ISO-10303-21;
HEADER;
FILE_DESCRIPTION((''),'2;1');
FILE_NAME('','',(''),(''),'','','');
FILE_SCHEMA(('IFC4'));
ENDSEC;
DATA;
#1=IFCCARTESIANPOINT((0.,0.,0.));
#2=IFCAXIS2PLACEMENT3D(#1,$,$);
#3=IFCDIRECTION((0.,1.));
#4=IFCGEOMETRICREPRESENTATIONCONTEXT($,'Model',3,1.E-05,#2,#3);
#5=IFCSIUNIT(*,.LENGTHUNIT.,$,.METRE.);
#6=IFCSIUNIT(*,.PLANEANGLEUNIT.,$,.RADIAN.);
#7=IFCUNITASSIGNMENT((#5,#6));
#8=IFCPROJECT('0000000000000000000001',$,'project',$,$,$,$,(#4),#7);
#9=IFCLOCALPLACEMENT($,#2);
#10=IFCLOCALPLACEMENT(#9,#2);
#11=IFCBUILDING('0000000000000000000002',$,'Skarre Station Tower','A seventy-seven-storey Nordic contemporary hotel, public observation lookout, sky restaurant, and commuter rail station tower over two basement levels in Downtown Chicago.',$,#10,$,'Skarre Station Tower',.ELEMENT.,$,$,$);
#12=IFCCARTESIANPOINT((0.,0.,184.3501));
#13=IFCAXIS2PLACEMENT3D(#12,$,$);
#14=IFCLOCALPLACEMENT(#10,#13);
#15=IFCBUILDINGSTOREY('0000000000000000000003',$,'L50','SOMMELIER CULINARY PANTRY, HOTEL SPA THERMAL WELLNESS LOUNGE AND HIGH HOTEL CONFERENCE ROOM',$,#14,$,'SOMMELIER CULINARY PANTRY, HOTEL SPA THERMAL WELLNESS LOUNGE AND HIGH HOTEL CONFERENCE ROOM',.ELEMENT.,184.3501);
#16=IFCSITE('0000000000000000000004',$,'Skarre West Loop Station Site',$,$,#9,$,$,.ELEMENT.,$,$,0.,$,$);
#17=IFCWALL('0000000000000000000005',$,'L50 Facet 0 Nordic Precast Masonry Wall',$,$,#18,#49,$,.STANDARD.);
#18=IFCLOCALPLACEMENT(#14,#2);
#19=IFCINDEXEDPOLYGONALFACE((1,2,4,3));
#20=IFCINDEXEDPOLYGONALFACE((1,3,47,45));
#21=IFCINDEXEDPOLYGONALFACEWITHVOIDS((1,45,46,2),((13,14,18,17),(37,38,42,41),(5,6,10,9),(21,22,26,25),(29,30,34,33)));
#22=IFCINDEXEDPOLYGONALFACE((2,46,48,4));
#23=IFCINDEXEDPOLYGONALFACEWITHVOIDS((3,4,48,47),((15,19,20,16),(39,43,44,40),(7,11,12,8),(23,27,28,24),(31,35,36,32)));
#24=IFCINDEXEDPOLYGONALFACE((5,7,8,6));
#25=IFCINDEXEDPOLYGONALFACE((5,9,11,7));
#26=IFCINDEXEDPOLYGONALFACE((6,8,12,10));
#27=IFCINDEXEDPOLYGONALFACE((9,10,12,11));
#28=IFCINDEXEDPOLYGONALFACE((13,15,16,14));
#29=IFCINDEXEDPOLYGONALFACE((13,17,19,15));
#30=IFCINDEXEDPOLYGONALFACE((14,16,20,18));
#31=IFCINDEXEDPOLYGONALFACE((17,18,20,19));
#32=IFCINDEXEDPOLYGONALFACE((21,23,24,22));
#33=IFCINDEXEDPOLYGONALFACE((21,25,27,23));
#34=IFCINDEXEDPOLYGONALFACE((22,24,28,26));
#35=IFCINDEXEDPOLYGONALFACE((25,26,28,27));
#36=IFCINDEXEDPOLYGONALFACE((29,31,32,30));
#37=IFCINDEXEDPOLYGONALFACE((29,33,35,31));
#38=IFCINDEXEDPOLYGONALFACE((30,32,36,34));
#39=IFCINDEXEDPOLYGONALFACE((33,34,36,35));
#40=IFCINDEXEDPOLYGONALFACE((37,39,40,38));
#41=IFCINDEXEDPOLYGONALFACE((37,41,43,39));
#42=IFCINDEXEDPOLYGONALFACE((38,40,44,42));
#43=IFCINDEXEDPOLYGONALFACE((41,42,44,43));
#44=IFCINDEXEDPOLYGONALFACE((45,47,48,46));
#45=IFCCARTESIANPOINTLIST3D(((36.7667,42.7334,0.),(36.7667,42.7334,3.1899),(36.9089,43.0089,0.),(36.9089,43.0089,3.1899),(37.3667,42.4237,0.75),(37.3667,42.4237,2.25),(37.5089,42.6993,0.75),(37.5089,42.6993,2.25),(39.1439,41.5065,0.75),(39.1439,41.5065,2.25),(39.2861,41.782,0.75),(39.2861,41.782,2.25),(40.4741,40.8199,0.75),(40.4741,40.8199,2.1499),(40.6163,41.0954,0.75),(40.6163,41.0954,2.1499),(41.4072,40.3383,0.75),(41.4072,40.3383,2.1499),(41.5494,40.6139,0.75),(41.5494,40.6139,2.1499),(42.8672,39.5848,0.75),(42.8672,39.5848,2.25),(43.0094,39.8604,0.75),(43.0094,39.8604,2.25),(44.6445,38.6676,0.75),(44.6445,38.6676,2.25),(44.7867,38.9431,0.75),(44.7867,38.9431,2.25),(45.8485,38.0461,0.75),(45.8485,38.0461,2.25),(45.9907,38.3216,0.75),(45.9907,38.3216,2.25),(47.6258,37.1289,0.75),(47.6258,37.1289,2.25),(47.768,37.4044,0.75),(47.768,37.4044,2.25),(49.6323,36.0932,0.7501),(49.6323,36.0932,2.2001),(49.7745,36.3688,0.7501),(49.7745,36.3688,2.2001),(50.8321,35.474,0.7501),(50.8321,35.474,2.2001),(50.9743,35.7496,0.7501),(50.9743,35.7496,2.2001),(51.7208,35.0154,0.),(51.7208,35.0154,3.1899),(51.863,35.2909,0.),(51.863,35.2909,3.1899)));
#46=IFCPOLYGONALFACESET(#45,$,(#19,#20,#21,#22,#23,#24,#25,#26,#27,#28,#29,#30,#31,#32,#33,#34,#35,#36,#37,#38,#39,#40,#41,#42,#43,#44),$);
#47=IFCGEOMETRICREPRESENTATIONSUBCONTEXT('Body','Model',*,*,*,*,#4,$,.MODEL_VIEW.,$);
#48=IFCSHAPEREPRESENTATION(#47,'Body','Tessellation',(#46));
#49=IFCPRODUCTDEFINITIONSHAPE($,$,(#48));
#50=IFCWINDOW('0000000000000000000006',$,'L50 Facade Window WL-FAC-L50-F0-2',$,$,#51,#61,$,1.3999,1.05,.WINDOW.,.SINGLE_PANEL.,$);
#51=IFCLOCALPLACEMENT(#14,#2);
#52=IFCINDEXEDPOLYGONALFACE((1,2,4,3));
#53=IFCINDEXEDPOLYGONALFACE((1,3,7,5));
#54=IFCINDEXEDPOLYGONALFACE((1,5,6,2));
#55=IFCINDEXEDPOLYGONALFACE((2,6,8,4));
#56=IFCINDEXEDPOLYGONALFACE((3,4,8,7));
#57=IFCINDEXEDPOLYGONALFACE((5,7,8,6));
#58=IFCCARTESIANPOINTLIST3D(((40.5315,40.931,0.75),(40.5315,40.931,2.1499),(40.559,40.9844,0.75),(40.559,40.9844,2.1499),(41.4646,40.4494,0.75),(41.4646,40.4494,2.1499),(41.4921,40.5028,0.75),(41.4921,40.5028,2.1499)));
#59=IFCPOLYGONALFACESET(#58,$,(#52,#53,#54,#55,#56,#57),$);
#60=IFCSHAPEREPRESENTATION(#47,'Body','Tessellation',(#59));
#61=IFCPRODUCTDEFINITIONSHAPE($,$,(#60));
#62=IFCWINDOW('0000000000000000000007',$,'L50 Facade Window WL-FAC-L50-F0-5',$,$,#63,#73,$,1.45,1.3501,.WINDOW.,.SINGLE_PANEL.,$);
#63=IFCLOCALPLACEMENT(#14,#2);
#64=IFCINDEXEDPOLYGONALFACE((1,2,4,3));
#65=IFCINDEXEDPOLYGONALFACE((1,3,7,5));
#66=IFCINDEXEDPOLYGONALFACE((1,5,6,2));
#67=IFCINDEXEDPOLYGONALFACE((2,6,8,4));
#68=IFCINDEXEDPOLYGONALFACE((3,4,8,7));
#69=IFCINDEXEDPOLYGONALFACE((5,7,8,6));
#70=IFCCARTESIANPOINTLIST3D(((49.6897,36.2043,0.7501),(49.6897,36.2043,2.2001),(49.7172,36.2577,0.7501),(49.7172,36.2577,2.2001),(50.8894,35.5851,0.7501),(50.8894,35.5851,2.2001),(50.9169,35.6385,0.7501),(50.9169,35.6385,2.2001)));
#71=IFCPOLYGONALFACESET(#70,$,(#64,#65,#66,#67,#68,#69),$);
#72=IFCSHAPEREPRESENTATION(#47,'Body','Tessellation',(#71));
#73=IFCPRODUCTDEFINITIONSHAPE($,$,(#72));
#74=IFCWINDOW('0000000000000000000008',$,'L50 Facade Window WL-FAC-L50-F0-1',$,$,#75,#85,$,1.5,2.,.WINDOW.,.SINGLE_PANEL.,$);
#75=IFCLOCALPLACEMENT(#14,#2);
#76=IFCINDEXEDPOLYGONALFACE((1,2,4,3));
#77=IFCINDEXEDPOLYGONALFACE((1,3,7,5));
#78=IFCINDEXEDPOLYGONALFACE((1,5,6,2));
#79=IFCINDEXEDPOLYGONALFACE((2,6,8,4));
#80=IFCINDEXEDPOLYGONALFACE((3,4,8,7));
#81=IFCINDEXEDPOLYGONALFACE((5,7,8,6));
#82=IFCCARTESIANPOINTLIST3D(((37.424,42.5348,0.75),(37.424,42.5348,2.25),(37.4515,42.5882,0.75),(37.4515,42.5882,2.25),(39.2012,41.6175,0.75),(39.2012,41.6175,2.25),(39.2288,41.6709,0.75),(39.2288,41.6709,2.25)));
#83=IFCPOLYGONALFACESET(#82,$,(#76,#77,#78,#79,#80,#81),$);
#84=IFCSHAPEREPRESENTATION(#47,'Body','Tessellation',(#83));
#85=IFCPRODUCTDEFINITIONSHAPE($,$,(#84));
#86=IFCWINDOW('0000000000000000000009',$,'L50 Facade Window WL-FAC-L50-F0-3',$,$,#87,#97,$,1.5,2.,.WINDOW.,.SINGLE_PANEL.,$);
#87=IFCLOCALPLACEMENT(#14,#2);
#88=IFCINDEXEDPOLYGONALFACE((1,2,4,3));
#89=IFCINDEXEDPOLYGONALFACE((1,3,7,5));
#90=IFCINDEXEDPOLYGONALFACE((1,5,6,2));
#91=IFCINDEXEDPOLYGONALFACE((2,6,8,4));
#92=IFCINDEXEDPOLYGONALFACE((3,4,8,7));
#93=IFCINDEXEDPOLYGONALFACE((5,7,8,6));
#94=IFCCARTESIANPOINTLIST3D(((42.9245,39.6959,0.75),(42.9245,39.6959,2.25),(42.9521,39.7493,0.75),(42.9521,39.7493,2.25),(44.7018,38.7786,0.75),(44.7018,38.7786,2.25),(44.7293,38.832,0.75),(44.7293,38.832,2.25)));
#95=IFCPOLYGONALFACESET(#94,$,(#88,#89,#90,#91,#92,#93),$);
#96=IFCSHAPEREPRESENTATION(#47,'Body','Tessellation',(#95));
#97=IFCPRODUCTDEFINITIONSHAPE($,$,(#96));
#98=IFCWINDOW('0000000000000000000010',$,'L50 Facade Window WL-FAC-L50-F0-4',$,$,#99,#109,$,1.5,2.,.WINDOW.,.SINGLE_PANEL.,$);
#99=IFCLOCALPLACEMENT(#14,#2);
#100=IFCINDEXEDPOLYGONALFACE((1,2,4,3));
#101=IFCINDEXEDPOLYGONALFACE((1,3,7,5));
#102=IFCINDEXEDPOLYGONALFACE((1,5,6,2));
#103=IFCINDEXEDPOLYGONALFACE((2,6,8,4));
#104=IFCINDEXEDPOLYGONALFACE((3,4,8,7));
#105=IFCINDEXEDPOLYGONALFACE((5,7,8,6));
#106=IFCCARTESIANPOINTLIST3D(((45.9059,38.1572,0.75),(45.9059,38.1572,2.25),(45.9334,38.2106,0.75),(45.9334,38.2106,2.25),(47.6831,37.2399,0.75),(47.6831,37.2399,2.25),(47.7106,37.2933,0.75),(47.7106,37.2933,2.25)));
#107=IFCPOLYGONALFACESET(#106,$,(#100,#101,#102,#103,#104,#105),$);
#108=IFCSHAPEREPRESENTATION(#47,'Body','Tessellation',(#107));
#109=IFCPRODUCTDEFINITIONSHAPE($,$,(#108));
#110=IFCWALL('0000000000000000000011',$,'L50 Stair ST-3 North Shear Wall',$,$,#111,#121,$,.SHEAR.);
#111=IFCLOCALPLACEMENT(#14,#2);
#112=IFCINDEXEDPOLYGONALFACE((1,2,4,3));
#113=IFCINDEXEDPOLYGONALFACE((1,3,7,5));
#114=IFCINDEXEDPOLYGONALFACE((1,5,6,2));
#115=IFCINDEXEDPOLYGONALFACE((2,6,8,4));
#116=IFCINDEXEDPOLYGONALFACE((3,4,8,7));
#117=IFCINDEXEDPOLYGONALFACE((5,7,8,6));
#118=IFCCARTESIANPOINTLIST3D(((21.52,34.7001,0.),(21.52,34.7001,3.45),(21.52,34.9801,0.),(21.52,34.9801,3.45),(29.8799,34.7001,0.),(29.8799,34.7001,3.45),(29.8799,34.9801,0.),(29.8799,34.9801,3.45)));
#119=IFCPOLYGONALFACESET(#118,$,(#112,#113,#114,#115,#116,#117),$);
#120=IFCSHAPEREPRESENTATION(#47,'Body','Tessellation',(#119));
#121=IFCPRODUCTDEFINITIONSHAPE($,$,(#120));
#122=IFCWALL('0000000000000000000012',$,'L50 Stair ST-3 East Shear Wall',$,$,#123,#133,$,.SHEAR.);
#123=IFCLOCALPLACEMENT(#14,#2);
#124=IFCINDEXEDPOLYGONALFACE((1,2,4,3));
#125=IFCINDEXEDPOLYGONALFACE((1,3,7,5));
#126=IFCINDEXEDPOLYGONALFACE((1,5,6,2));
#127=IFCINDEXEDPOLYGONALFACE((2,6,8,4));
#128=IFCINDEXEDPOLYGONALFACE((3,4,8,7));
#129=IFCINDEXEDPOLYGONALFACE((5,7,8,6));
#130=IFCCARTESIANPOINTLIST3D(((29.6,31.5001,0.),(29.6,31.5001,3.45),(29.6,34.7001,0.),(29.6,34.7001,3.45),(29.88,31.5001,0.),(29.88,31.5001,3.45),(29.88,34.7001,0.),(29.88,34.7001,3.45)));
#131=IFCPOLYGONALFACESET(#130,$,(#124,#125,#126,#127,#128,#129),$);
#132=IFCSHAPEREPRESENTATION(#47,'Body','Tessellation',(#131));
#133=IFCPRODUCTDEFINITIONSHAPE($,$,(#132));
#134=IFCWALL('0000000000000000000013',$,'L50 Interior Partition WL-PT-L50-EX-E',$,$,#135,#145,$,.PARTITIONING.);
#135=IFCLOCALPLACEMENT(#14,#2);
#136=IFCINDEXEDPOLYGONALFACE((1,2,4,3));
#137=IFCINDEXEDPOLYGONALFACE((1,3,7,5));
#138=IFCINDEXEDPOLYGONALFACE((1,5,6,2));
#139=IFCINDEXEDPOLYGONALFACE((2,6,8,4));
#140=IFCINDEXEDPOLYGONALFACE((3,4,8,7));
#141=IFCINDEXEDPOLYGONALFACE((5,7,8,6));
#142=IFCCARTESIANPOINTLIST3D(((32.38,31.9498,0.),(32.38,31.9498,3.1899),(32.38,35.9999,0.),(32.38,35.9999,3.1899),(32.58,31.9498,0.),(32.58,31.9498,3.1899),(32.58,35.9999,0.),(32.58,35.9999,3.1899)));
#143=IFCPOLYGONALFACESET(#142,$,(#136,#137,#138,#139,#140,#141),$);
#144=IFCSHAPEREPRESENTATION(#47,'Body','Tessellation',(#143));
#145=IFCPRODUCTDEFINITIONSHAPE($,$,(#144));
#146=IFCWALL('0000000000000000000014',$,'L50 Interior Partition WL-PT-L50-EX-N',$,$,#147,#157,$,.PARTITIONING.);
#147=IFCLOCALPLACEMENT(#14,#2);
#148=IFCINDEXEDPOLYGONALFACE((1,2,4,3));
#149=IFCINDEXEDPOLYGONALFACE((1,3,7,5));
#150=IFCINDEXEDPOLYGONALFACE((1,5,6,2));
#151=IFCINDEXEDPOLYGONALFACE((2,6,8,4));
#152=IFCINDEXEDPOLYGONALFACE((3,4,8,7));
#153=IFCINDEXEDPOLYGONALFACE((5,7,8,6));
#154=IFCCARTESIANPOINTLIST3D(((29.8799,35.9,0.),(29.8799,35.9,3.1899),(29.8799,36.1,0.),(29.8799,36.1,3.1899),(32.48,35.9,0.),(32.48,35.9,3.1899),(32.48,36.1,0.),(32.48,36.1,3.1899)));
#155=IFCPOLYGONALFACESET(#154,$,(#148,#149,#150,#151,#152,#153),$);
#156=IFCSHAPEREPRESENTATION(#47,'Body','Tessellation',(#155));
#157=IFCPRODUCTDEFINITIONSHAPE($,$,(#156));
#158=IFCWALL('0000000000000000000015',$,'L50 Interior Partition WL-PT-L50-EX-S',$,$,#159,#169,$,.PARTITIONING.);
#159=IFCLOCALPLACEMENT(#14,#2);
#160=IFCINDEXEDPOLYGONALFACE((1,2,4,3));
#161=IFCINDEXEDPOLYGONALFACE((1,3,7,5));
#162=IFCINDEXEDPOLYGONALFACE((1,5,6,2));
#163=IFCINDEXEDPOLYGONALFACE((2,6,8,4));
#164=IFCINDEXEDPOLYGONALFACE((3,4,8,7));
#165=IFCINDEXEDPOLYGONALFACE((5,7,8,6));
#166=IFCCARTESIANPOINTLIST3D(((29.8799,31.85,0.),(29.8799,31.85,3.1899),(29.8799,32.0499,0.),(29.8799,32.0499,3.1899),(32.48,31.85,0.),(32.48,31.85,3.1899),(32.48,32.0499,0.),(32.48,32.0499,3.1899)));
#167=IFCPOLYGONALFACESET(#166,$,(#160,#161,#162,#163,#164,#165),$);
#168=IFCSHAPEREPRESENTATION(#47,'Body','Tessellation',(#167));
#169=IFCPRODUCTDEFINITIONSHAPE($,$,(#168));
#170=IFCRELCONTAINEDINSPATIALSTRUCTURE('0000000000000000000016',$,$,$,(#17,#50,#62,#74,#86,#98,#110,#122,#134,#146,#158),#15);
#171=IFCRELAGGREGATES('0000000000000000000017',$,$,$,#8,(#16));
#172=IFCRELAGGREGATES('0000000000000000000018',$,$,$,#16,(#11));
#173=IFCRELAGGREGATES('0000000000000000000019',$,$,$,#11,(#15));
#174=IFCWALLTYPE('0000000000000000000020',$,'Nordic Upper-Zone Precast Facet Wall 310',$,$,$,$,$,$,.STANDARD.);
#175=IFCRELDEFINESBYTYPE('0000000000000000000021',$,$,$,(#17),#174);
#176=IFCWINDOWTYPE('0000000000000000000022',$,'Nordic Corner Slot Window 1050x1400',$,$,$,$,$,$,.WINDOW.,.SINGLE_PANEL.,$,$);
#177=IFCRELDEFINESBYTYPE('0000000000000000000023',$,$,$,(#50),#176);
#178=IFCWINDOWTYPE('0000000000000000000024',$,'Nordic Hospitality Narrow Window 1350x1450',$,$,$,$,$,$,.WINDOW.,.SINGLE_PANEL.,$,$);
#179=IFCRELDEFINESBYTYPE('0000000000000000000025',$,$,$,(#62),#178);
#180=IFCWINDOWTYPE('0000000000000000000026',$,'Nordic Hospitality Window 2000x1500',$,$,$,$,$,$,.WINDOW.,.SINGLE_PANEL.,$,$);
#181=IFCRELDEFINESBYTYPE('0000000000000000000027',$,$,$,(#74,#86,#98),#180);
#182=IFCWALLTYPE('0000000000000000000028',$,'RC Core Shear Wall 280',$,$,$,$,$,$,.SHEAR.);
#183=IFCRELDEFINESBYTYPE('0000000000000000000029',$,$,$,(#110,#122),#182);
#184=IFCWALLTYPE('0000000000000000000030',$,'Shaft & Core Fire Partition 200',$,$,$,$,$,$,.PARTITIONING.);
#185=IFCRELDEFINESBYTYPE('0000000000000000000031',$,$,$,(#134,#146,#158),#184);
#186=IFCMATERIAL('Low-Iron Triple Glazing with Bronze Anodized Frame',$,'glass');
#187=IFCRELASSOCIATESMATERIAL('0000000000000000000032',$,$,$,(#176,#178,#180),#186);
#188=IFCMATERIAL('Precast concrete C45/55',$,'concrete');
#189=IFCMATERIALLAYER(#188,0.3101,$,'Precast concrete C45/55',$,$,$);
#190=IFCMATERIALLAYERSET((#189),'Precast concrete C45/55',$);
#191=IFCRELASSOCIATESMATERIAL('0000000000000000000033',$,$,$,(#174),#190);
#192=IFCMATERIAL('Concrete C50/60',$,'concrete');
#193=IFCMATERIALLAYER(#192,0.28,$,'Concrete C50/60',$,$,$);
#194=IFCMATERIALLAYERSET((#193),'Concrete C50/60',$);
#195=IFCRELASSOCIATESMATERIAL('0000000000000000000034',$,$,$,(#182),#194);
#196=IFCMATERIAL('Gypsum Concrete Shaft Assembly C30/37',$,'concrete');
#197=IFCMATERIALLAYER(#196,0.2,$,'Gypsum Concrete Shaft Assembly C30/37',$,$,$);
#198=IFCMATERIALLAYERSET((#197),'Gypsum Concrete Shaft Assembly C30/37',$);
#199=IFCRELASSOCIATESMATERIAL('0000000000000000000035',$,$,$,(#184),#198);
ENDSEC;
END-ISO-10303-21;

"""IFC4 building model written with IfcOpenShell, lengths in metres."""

from ifc_helpers import new_model, si_unit, direction, frame, frame_2d, origin, place, context, subcontext, project, spatial, rectangle, extrude, material, layer, layer_set, type_object, element, fill, save


model = new_model("IFC4")

# Units and contexts
model_context = context("Model", 3, precision=1e-05, world=origin(), true_north=direction((0.0, 1.0)))
body_context = subcontext(model_context, "Body", "Model", "MODEL_VIEW")
ifc_project = project(units=[si_unit("LENGTHUNIT", "METRE"), si_unit("PLANEANGLEUNIT", "RADIAN")], contexts=[model_context])

# Site, building, storey
site_placement = place(None, origin())
site = spatial("IfcSite", under=ifc_project, at=site_placement, Name="Skarre West Loop Station Site", CompositionType="ELEMENT", RefElevation=0.0)
building_placement = place(site_placement, origin())
building = spatial("IfcBuilding", under=site, at=building_placement, Name="Skarre Station Tower", Description="A seventy-seven-storey Nordic contemporary hotel, public observation lookout, sky restaurant, and commuter rail station tower over two basement levels in Downtown Chicago.", LongName="Skarre Station Tower", CompositionType="ELEMENT")
storey_placement = place(building_placement, frame((0.0, 0.0, 184.3501)))
storey = spatial("IfcBuildingStorey", under=building, at=storey_placement, Name="L50", Description="SOMMELIER CULINARY PANTRY, HOTEL SPA THERMAL WELLNESS LOUNGE AND HIGH HOTEL CONFERENCE ROOM", LongName="SOMMELIER CULINARY PANTRY, HOTEL SPA THERMAL WELLNESS LOUNGE AND HIGH HOTEL CONFERENCE ROOM", CompositionType="ELEMENT", Elevation=184.3501)

# Shared definitions
ifc_material_1 = material(Name="Precast concrete C45/55", Category="concrete")

# Shared definitions
ifc_material_2 = material(Name="Low-Iron Triple Glazing with Bronze Anodized Frame", Category="glass")
window_type_1 = type_object("IfcWindowType", Name="Nordic Corner Slot Window 1050x1400", PartitioningType="SINGLE_PANEL", PredefinedType="WINDOW", material=ifc_material_2)

# Wall, openings, windows
ifc_layer_1 = layer(ifc_material_1, 0.3101, Name="Precast concrete C45/55")
ifc_layer_set_1 = layer_set([ifc_layer_1], Name="Precast concrete C45/55")
wall_type_1 = type_object("IfcWallType", Name="Nordic Upper-Zone Precast Facet Wall 310", PredefinedType="STANDARD", material=ifc_layer_set_1)
wall_1_placement = place(storey_placement, frame((36.8379, 42.8711, 0.0), z_axis=(0.0, 0.0, 1.0), x_axis=(0.888626, -0.458632, 0.0)))
wall_1 = element("IfcWall", 1, at=wall_1_placement, inside=storey, type_object=wall_type_1, Name="L50 Facet 0 Nordic Precast Masonry Wall", PredefinedType="STANDARD", context=body_context, shape_type="SweptSolid", body=[
    extrude(rectangle(XDim=16.8284, YDim=0.3101, at=frame_2d((8.4141, 0.0))), origin(), (0.0, 0.0, 1.0), 3.1899),
])
opening_1_placement = place(wall_1_placement, frame((0.675, 0.0, 0.75)))
opening_1 = element("IfcOpeningElement", 2, at=opening_1_placement, cuts=wall_1, PredefinedType="OPENING", context=body_context, shape_type="SweptSolid", body=[
    extrude(rectangle(XDim=2.0, YDim=1.5, at=frame_2d((1.0, 0.75))), frame((0.0, 0.165, 0.0), z_axis=(0.0, -1.0, 0.0), x_axis=(1.0, 0.0, 0.0)), (0.0, 0.0, 1.0), 0.3301),
])
opening_2_placement = place(wall_1_placement, frame((4.1721, 0.0, 0.75)))
opening_2 = element("IfcOpeningElement", 3, at=opening_2_placement, cuts=wall_1, PredefinedType="OPENING", context=body_context, shape_type="SweptSolid", body=[
    extrude(rectangle(XDim=1.05, YDim=1.3999, at=frame_2d((0.5249, 0.7))), frame((0.0, 0.165, 0.0), z_axis=(0.0, -1.0, 0.0), x_axis=(1.0, 0.0, 0.0)), (0.0, 0.0, 1.0), 0.3301),
])
opening_3_placement = place(wall_1_placement, frame((6.865, 0.0, 0.75)))
opening_3 = element("IfcOpeningElement", 4, at=opening_3_placement, cuts=wall_1, PredefinedType="OPENING", context=body_context, shape_type="SweptSolid", body=[
    extrude(rectangle(XDim=2.0, YDim=1.5, at=frame_2d((1.0, 0.75))), frame((0.0, 0.165, 0.0), z_axis=(0.0, -1.0, 0.0), x_axis=(1.0, 0.0, 0.0)), (0.0, 0.0, 1.0), 0.3301),
])
opening_4_placement = place(wall_1_placement, frame((10.22, 0.0, 0.75)))
opening_4 = element("IfcOpeningElement", 5, at=opening_4_placement, cuts=wall_1, PredefinedType="OPENING", context=body_context, shape_type="SweptSolid", body=[
    extrude(rectangle(XDim=2.0, YDim=1.5, at=frame_2d((1.0, 0.75))), frame((0.0, 0.165, 0.0), z_axis=(0.0, -1.0, 0.0), x_axis=(1.0, 0.0, 0.0)), (0.0, 0.0, 1.0), 0.3301),
])
opening_5_placement = place(wall_1_placement, frame((14.478, 0.0, 0.75)))
opening_5 = element("IfcOpeningElement", 6, at=opening_5_placement, cuts=wall_1, PredefinedType="OPENING", context=body_context, shape_type="SweptSolid", body=[
    extrude(rectangle(XDim=1.3501, YDim=1.45, at=frame_2d((0.675, 0.7251))), frame((0.0, 0.165, 0.0), z_axis=(0.0, -1.0, 0.0), x_axis=(1.0, 0.0, 0.0)), (0.0, 0.0, 1.0), 0.3301),
])
window_1_placement = place(opening_2_placement, origin())
window_1 = element("IfcWindow", 7, at=window_1_placement, inside=storey, type_object=window_type_1, Name="L50 Facade Window WL-FAC-L50-F0-2", OverallHeight=1.3999, OverallWidth=1.05, PartitioningType="SINGLE_PANEL", PredefinedType="WINDOW", context=body_context, shape_type="SweptSolid", body=[
    extrude(rectangle(XDim=1.05, YDim=1.3999, at=frame_2d((0.5249, 0.7))), frame((0.0, 0.03, 0.0), z_axis=(0.0, -1.0, 0.0), x_axis=(1.0, 0.0, 0.0)), (0.0, 0.0, 1.0), 0.0601),
])
fill(opening_2, window_1)
window_type_2 = type_object("IfcWindowType", Name="Nordic Hospitality Narrow Window 1350x1450", PartitioningType="SINGLE_PANEL", PredefinedType="WINDOW", material=ifc_material_2)
window_2_placement = place(opening_5_placement, origin())
window_2 = element("IfcWindow", 8, at=window_2_placement, inside=storey, type_object=window_type_2, Name="L50 Facade Window WL-FAC-L50-F0-5", OverallHeight=1.45, OverallWidth=1.3501, PartitioningType="SINGLE_PANEL", PredefinedType="WINDOW", context=body_context, shape_type="SweptSolid", body=[
    extrude(rectangle(XDim=1.3501, YDim=1.45, at=frame_2d((0.675, 0.7251))), frame((0.0, 0.03, 0.0), z_axis=(0.0, -1.0, 0.0), x_axis=(1.0, 0.0, 0.0)), (0.0, 0.0, 1.0), 0.0601),
])
fill(opening_5, window_2)
window_type_3 = type_object("IfcWindowType", Name="Nordic Hospitality Window 2000x1500", PartitioningType="SINGLE_PANEL", PredefinedType="WINDOW", material=ifc_material_2)
window_3_placement = place(opening_1_placement, origin())
window_3 = element("IfcWindow", 9, at=window_3_placement, inside=storey, type_object=window_type_3, Name="L50 Facade Window WL-FAC-L50-F0-1", OverallHeight=1.5, OverallWidth=2.0, PartitioningType="SINGLE_PANEL", PredefinedType="WINDOW", context=body_context, shape_type="SweptSolid", body=[
    extrude(rectangle(XDim=2.0, YDim=1.5, at=frame_2d((1.0, 0.75))), frame((0.0, 0.03, 0.0), z_axis=(0.0, -1.0, 0.0), x_axis=(1.0, 0.0, 0.0)), (0.0, 0.0, 1.0), 0.0601),
])
fill(opening_1, window_3)
window_4_placement = place(opening_3_placement, origin())
window_4 = element("IfcWindow", 10, at=window_4_placement, inside=storey, type_object=window_type_3, Name="L50 Facade Window WL-FAC-L50-F0-3", OverallHeight=1.5, OverallWidth=2.0, PartitioningType="SINGLE_PANEL", PredefinedType="WINDOW", context=body_context, shape_type="SweptSolid", body=[
    extrude(rectangle(XDim=2.0, YDim=1.5, at=frame_2d((1.0, 0.75))), frame((0.0, 0.03, 0.0), z_axis=(0.0, -1.0, 0.0), x_axis=(1.0, 0.0, 0.0)), (0.0, 0.0, 1.0), 0.0601),
])
fill(opening_3, window_4)
window_5_placement = place(opening_4_placement, origin())
window_5 = element("IfcWindow", 11, at=window_5_placement, inside=storey, type_object=window_type_3, Name="L50 Facade Window WL-FAC-L50-F0-4", OverallHeight=1.5, OverallWidth=2.0, PartitioningType="SINGLE_PANEL", PredefinedType="WINDOW", context=body_context, shape_type="SweptSolid", body=[
    extrude(rectangle(XDim=2.0, YDim=1.5, at=frame_2d((1.0, 0.75))), frame((0.0, 0.03, 0.0), z_axis=(0.0, -1.0, 0.0), x_axis=(1.0, 0.0, 0.0)), (0.0, 0.0, 1.0), 0.0601),
])
fill(opening_4, window_5)

# Walls
ifc_material_3 = material(Name="Concrete C50/60", Category="concrete")
ifc_layer_2 = layer(ifc_material_3, 0.28, Name="Concrete C50/60")
ifc_layer_set_2 = layer_set([ifc_layer_2], Name="Concrete C50/60")
wall_type_2 = type_object("IfcWallType", Name="RC Core Shear Wall 280", PredefinedType="SHEAR", material=ifc_layer_set_2)
wall_2_placement = place(storey_placement, frame((29.8799, 34.8401, 0.0), z_axis=(0.0, 0.0, 1.0), x_axis=(-1.0, 0.0, 0.0)))
element("IfcWall", 12, at=wall_2_placement, inside=storey, type_object=wall_type_2, Name="L50 Stair ST-3 North Shear Wall", PredefinedType="SHEAR", context=body_context, shape_type="SweptSolid", body=[
    extrude(rectangle(XDim=8.3599, YDim=0.28, at=frame_2d((4.1799, 0.0))), origin(), (0.0, 0.0, 1.0), 3.45),
])
wall_3_placement = place(storey_placement, frame((29.74, 31.5, 0.0), z_axis=(0.0, 0.0, 1.0), x_axis=(0.0, 1.0, 0.0)))
element("IfcWall", 13, at=wall_3_placement, inside=storey, type_object=wall_type_2, Name="L50 Stair ST-3 East Shear Wall", PredefinedType="SHEAR", context=body_context, shape_type="SweptSolid", body=[
    extrude(rectangle(XDim=3.2, YDim=0.28, at=frame_2d((1.6001, 0.0))), origin(), (0.0, 0.0, 1.0), 3.45),
])
ifc_material_4 = material(Name="Gypsum Concrete Shaft Assembly C30/37", Category="concrete")
ifc_layer_3 = layer(ifc_material_4, 0.2, Name="Gypsum Concrete Shaft Assembly C30/37")
ifc_layer_set_3 = layer_set([ifc_layer_3], Name="Gypsum Concrete Shaft Assembly C30/37")
wall_type_3 = type_object("IfcWallType", Name="Shaft & Core Fire Partition 200", PredefinedType="PARTITIONING", material=ifc_layer_set_3)
wall_4_placement = place(storey_placement, frame((32.48, 31.95, 0.0), z_axis=(0.0, 0.0, 1.0), x_axis=(0.0, 1.0, 0.0)))
element("IfcWall", 14, at=wall_4_placement, inside=storey, type_object=wall_type_3, Name="L50 Interior Partition WL-PT-L50-EX-E", PredefinedType="PARTITIONING", context=body_context, shape_type="SweptSolid", body=[
    extrude(rectangle(XDim=4.05, YDim=0.2, at=frame_2d((2.0249, 0.0))), origin(), (0.0, 0.0, 1.0), 3.1899),
])
for number, where, z_axis, x_axis, name in (
    (15, (29.8799, 36.0, 0.0), (0.0, 0.0, 1.0), (1.0, 0.0, 0.0), "L50 Interior Partition WL-PT-L50-EX-N"),
    (16, (32.48, 31.95, 0.0), (0.0, 0.0, 1.0), (-1.0, 0.0, 0.0), "L50 Interior Partition WL-PT-L50-EX-S"),
):
    element("IfcWall", number, at=place(storey_placement, frame(where, z_axis=z_axis, x_axis=x_axis)), inside=storey, type_object=wall_type_3, Name=name, PredefinedType="PARTITIONING", context=body_context, shape_type="SweptSolid", body=[
        extrude(rectangle(XDim=2.6001, YDim=0.2, at=frame_2d((1.3, 0.0))), origin(), (0.0, 0.0, 1.0), 3.1899),
    ])

save(model, "model.ifc")
